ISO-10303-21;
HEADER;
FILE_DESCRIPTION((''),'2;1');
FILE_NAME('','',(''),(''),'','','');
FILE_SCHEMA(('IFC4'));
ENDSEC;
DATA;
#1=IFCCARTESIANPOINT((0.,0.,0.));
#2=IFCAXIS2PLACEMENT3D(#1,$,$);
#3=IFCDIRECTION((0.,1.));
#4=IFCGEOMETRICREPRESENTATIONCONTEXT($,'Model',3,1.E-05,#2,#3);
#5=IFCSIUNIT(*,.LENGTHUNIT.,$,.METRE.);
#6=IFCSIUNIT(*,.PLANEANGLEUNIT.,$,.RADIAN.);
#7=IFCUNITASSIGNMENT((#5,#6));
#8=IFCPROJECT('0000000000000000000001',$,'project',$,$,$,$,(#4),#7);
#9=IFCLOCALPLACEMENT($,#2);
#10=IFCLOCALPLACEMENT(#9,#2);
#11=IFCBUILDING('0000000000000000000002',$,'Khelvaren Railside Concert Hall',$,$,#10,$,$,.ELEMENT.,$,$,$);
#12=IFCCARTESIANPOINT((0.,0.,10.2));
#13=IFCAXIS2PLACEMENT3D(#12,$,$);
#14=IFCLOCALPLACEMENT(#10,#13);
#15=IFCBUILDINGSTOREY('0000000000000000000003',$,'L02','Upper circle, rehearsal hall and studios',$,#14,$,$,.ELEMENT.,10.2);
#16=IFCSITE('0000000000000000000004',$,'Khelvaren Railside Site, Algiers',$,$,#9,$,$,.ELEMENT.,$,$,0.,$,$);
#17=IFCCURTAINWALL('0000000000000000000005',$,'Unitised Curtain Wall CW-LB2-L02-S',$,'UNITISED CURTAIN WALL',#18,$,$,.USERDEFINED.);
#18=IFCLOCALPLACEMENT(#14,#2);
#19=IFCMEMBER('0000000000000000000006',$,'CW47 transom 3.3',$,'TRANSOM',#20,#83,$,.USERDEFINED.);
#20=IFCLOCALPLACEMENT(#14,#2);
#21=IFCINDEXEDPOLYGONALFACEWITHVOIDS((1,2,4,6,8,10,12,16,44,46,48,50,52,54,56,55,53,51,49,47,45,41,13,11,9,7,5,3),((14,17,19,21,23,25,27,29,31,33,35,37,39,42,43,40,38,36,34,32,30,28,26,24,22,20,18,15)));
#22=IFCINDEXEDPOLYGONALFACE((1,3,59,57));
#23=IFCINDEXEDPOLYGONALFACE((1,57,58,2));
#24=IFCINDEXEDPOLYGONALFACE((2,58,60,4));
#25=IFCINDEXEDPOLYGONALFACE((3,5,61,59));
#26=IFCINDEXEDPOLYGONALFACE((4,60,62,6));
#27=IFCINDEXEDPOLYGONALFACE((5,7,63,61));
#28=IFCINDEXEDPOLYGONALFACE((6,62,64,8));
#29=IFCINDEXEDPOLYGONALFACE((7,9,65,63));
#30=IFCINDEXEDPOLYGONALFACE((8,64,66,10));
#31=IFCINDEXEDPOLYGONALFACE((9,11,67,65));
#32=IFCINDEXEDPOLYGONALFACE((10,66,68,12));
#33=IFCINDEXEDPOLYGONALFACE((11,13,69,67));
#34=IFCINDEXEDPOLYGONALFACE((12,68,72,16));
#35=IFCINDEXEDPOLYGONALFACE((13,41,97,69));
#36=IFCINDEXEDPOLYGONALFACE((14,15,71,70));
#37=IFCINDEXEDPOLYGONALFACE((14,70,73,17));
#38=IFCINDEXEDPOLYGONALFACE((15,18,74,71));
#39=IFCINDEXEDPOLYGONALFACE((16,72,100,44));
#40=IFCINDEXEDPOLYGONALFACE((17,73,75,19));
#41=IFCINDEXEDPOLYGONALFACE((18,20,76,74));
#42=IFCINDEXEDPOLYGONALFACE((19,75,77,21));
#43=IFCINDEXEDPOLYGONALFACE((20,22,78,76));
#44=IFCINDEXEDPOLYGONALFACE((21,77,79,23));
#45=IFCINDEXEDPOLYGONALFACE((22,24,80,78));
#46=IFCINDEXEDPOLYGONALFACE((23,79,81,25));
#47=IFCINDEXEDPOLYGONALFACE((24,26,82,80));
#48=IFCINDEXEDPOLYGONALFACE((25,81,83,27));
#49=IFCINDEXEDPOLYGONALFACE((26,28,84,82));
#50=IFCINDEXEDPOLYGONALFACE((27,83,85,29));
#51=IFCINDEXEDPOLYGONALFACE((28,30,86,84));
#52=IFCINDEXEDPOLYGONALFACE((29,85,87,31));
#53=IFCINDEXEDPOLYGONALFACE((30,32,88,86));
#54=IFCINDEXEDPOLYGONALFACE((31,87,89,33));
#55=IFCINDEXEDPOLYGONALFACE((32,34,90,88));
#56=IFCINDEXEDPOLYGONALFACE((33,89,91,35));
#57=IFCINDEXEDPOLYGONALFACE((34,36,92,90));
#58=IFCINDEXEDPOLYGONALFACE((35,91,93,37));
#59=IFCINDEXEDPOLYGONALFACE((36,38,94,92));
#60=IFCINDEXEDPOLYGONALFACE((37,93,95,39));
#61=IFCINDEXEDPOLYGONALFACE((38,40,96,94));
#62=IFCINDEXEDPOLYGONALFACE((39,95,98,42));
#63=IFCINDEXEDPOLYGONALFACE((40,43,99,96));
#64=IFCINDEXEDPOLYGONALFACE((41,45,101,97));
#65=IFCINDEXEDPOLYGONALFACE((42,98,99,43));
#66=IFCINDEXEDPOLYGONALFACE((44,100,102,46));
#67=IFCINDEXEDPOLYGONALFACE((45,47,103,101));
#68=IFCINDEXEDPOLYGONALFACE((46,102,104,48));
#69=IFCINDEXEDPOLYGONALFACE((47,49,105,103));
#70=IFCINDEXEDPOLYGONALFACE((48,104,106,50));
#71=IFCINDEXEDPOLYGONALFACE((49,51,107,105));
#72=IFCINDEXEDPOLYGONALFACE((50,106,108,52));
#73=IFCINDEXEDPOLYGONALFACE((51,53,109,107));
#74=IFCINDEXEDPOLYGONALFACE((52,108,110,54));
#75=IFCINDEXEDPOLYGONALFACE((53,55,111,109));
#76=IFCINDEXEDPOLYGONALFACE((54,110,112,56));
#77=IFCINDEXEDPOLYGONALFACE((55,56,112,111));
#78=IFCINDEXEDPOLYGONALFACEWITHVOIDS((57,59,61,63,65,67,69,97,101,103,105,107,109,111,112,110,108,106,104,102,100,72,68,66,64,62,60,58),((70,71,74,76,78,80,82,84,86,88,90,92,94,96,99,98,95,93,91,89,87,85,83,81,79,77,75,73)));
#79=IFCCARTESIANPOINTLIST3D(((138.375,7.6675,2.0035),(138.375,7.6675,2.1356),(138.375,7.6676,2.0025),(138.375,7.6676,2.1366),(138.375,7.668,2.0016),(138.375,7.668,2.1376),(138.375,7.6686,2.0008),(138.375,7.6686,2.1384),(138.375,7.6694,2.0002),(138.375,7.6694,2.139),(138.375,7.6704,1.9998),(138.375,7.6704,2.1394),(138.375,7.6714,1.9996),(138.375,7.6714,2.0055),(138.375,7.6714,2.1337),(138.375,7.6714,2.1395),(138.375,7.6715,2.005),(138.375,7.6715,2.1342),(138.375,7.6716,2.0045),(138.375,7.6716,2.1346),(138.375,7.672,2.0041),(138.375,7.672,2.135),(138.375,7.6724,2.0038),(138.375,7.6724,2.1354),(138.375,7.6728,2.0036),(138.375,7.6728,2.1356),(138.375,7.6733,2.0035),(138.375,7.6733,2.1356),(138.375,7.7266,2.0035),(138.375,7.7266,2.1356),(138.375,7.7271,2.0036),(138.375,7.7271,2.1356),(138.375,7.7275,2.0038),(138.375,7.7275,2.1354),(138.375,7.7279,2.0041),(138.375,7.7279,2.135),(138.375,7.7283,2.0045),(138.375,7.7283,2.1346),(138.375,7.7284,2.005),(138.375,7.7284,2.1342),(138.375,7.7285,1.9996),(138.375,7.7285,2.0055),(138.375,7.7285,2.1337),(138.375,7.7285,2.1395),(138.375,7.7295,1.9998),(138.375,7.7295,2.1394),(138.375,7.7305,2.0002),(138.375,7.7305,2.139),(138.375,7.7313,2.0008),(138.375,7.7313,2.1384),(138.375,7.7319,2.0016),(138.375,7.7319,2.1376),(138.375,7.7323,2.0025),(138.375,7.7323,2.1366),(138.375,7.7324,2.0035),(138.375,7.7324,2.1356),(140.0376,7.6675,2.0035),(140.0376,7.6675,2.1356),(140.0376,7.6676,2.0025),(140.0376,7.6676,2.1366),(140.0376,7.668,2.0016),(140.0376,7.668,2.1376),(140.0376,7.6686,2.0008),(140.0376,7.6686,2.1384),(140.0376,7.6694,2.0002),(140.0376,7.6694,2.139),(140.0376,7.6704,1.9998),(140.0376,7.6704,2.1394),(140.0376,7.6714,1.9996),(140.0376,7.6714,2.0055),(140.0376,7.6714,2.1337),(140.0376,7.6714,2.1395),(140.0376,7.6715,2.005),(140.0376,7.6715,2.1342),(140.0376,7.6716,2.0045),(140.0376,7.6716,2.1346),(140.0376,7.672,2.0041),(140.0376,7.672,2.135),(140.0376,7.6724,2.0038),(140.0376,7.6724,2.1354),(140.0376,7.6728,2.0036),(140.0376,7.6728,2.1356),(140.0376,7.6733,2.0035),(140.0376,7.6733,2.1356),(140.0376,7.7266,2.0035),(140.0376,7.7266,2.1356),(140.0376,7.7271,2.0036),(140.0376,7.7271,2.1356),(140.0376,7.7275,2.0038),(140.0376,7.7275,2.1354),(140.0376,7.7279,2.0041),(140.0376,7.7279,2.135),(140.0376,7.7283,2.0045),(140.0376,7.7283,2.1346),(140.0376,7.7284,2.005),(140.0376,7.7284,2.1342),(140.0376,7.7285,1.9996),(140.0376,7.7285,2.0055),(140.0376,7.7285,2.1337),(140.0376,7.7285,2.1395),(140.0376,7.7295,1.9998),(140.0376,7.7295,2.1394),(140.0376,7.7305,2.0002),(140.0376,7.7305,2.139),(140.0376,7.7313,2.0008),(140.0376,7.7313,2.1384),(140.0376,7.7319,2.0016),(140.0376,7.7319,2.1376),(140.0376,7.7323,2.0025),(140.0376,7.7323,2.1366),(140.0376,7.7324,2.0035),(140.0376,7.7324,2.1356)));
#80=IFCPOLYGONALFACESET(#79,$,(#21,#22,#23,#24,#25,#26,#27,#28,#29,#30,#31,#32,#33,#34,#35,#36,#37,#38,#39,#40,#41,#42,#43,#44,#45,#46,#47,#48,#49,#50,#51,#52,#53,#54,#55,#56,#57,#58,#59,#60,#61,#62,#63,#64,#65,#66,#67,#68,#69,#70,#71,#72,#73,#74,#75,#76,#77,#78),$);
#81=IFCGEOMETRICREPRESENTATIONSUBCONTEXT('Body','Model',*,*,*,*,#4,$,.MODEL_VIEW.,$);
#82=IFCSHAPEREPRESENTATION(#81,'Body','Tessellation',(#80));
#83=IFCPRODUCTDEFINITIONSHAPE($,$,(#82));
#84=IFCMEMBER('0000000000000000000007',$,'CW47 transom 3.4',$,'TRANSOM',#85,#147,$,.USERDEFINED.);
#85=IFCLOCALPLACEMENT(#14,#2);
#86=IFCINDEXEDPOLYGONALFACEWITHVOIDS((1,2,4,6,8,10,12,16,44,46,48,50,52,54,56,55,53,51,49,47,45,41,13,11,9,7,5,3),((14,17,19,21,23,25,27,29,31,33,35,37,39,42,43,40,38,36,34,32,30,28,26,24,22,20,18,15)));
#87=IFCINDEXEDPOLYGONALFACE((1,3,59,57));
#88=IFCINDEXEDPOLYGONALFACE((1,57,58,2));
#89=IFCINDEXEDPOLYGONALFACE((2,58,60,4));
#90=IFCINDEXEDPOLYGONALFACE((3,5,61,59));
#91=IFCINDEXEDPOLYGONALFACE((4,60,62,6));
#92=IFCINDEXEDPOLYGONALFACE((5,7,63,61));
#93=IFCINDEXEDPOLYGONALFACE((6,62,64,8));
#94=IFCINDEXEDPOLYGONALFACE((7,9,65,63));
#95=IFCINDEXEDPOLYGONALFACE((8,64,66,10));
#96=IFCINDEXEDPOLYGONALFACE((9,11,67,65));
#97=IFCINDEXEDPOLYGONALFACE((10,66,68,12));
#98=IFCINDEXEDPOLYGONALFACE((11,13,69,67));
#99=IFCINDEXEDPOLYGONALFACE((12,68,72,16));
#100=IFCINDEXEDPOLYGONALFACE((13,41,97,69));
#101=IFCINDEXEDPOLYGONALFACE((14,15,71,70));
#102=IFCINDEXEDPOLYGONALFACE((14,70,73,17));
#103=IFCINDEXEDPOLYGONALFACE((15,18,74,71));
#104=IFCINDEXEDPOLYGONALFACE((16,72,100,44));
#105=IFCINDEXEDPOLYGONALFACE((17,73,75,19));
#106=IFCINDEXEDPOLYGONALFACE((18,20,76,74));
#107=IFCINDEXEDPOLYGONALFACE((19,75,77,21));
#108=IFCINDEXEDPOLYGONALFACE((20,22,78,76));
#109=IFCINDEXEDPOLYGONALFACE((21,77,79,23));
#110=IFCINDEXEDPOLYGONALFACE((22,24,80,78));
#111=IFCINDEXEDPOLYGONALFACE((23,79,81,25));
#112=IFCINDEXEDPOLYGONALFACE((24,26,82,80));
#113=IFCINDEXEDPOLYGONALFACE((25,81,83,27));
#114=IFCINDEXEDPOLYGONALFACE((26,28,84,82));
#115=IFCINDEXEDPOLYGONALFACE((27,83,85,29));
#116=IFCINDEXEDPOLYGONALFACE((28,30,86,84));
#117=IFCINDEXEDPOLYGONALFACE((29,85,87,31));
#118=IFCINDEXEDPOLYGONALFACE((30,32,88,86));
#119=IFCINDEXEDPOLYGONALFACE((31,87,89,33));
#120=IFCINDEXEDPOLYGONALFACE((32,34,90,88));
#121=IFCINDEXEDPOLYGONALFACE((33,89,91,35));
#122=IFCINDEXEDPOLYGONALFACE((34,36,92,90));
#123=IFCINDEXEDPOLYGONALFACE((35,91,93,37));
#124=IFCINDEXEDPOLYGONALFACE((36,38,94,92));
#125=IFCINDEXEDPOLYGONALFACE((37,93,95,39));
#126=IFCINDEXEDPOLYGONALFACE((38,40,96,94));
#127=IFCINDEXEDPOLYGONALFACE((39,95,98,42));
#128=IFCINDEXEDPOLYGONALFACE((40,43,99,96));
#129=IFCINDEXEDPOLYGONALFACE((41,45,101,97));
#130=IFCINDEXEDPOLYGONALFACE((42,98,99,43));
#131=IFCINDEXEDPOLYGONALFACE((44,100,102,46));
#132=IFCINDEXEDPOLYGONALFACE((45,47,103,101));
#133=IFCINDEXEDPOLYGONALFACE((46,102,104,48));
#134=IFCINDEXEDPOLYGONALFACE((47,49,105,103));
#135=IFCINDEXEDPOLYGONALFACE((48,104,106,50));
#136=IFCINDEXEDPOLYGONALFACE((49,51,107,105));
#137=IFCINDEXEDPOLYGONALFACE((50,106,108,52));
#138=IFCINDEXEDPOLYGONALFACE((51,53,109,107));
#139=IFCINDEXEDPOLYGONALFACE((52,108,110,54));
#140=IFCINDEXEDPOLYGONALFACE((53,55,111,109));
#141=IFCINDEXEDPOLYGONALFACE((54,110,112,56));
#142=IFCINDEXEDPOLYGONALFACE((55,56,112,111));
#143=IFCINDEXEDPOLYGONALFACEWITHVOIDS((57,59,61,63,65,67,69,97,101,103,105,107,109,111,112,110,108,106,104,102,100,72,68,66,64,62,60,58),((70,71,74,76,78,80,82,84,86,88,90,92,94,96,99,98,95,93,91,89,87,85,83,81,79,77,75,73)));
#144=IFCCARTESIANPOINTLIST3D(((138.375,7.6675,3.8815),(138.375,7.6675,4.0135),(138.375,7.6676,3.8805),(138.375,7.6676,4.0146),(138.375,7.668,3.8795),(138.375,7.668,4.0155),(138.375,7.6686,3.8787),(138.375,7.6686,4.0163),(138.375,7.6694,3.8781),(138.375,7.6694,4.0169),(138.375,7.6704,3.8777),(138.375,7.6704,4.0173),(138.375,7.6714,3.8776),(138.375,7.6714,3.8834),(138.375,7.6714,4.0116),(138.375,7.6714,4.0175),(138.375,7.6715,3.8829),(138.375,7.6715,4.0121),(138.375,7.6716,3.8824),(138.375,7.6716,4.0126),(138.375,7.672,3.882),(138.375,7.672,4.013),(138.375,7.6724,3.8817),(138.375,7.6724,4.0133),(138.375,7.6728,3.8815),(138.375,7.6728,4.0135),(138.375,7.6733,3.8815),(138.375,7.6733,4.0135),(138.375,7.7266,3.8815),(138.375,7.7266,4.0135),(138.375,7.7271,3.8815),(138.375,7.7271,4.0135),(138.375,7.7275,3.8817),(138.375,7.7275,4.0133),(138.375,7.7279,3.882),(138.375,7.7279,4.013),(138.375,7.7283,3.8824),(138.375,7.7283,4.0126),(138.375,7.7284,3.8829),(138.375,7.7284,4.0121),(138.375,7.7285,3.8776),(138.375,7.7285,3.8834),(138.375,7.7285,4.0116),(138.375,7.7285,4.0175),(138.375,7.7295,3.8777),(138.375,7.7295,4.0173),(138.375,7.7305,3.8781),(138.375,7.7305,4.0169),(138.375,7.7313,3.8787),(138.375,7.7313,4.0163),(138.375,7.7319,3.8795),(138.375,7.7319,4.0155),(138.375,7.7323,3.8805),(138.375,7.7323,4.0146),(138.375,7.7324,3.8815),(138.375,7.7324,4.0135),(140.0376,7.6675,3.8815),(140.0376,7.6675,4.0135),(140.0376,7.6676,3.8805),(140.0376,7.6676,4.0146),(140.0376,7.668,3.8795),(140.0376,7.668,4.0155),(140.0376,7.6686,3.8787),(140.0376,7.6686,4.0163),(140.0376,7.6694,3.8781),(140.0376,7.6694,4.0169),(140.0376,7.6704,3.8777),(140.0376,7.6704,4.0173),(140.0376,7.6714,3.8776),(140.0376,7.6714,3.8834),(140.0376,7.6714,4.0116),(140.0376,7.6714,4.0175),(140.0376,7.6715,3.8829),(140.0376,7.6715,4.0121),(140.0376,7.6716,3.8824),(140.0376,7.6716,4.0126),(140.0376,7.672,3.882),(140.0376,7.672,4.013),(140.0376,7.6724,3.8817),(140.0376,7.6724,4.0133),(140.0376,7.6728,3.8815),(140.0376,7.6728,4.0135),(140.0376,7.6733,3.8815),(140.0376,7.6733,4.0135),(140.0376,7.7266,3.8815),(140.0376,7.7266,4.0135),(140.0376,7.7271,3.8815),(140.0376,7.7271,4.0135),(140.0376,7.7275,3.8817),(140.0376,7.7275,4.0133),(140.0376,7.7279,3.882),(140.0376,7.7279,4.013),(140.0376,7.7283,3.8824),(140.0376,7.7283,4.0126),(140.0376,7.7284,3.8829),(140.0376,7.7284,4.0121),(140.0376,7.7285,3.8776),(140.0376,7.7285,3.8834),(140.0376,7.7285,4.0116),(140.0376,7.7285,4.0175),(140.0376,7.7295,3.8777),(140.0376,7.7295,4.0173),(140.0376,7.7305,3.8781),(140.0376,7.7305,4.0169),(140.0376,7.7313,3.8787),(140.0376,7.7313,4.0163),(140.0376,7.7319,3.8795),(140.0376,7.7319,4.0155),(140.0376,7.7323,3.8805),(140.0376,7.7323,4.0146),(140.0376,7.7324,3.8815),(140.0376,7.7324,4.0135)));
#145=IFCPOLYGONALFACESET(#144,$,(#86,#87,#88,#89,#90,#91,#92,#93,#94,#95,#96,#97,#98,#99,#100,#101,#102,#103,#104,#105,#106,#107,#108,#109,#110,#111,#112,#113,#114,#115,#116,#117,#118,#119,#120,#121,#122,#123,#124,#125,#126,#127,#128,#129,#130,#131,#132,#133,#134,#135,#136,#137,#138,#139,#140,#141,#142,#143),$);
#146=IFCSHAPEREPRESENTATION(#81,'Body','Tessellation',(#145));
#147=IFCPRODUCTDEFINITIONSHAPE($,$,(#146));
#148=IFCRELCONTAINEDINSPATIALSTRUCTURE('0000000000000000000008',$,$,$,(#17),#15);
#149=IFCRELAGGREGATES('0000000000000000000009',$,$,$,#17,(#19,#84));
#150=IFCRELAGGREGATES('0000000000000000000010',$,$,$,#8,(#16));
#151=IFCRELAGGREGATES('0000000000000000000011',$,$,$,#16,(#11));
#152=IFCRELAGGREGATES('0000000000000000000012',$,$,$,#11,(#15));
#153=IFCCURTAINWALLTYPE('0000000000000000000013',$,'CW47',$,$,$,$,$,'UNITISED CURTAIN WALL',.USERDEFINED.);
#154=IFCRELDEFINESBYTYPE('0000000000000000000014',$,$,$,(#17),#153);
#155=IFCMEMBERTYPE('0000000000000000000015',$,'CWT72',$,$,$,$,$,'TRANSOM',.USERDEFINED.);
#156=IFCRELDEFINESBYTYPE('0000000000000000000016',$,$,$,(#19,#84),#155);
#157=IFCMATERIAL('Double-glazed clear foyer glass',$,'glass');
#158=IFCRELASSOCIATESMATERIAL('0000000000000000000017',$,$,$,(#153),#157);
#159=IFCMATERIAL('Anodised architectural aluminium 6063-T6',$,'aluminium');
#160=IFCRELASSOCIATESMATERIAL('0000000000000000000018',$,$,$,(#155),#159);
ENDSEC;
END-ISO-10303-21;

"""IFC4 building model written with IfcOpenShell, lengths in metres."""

from ifc_helpers import new_model, si_unit, direction, frame, origin, origin_2d, place, context, subcontext, project, spatial, hollow_rectangle, extrude, material, material_profile, profile_set, type_object, element, aggregate, save


model = new_model("IFC4")

# Units and contexts
model_context = context("Model", 3, precision=1e-05, world=origin(), true_north=direction((0.0, 1.0)))
body_context = subcontext(model_context, "Body", "Model", "MODEL_VIEW")
ifc_project = project(units=[si_unit("LENGTHUNIT", "METRE"), si_unit("PLANEANGLEUNIT", "RADIAN")], contexts=[model_context])

# Site, building, storey
site_placement = place(None, origin())
site = spatial("IfcSite", under=ifc_project, at=site_placement, Name="Khelvaren Railside Site, Algiers", CompositionType="ELEMENT", RefElevation=0.0)
building_placement = place(site_placement, origin())
building = spatial("IfcBuilding", under=site, at=building_placement, Name="Khelvaren Railside Concert Hall", CompositionType="ELEMENT")
storey_placement = place(building_placement, frame((0.0, 0.0, 10.2)))
storey = spatial("IfcBuildingStorey", under=building, at=storey_placement, Name="L02", Description="Upper circle, rehearsal hall and studios", CompositionType="ELEMENT", Elevation=10.2)

# Curtain wall
ifc_material_1 = material(Name="Double-glazed clear foyer glass", Category="glass")
curtain_wall_type = type_object("IfcCurtainWallType", Name="CW47", ElementType="UNITISED CURTAIN WALL", PredefinedType="USERDEFINED", material=ifc_material_1)
curtain_wall_1_placement = place(storey_placement, origin())
curtain_wall_1 = element("IfcCurtainWall", 1, at=curtain_wall_1_placement, inside=storey, type_object=curtain_wall_type, Name="Unitised Curtain Wall CW-LB2-L02-S", ObjectType="UNITISED CURTAIN WALL", PredefinedType="USERDEFINED")
ifc_material_2 = material(Name="Anodised architectural aluminium 6063-T6", Category="aluminium")

# Members
ifc_material_profile_1 = material_profile(ifc_material_2, hollow_rectangle(XDim=0.0649, YDim=0.1399, WallThickness=0.0039, InnerFilletRadius=0.002, OuterFilletRadius=0.0039, at=origin_2d()), Name="CWT 65x140x4")
ifc_profile_set_1 = profile_set([ifc_material_profile_1], Name="Anodised architectural aluminium 6063-T6")
member_type_1 = type_object("IfcMemberType", Name="CWT72", ElementType="TRANSOM", PredefinedType="USERDEFINED", material=ifc_profile_set_1)
member_1_placement = place(storey_placement, frame((140.0376, 7.7, 2.0696), z_axis=(-1.0, 0.0, 0.0), x_axis=(0.0, -1.0, 0.0)))
member_1 = element("IfcMember", 2, at=member_1_placement, type_object=member_type_1, Name="CW47 transom 3.3", ObjectType="TRANSOM", PredefinedType="USERDEFINED", context=body_context, shape_type="SweptSolid", body=[
    extrude(hollow_rectangle(XDim=0.0649, YDim=0.1399, WallThickness=0.0039, InnerFilletRadius=0.002, OuterFilletRadius=0.0039, at=origin_2d()), origin(), (0.0, 0.0, 1.0), 1.6626),
])
member_2_placement = place(storey_placement, frame((140.0376, 7.7, 3.9475), z_axis=(-1.0, 0.0, 0.0), x_axis=(0.0, -1.0, 0.0)))
member_2 = element("IfcMember", 3, at=member_2_placement, type_object=member_type_1, Name="CW47 transom 3.4", ObjectType="TRANSOM", PredefinedType="USERDEFINED", context=body_context, shape_type="SweptSolid", body=[
    extrude(hollow_rectangle(XDim=0.0649, YDim=0.1399, WallThickness=0.0039, InnerFilletRadius=0.002, OuterFilletRadius=0.0039, at=origin_2d()), origin(), (0.0, 0.0, 1.0), 1.6626),
])

aggregate(curtain_wall_1, [member_1, member_2])

save(model, "model.ifc")
